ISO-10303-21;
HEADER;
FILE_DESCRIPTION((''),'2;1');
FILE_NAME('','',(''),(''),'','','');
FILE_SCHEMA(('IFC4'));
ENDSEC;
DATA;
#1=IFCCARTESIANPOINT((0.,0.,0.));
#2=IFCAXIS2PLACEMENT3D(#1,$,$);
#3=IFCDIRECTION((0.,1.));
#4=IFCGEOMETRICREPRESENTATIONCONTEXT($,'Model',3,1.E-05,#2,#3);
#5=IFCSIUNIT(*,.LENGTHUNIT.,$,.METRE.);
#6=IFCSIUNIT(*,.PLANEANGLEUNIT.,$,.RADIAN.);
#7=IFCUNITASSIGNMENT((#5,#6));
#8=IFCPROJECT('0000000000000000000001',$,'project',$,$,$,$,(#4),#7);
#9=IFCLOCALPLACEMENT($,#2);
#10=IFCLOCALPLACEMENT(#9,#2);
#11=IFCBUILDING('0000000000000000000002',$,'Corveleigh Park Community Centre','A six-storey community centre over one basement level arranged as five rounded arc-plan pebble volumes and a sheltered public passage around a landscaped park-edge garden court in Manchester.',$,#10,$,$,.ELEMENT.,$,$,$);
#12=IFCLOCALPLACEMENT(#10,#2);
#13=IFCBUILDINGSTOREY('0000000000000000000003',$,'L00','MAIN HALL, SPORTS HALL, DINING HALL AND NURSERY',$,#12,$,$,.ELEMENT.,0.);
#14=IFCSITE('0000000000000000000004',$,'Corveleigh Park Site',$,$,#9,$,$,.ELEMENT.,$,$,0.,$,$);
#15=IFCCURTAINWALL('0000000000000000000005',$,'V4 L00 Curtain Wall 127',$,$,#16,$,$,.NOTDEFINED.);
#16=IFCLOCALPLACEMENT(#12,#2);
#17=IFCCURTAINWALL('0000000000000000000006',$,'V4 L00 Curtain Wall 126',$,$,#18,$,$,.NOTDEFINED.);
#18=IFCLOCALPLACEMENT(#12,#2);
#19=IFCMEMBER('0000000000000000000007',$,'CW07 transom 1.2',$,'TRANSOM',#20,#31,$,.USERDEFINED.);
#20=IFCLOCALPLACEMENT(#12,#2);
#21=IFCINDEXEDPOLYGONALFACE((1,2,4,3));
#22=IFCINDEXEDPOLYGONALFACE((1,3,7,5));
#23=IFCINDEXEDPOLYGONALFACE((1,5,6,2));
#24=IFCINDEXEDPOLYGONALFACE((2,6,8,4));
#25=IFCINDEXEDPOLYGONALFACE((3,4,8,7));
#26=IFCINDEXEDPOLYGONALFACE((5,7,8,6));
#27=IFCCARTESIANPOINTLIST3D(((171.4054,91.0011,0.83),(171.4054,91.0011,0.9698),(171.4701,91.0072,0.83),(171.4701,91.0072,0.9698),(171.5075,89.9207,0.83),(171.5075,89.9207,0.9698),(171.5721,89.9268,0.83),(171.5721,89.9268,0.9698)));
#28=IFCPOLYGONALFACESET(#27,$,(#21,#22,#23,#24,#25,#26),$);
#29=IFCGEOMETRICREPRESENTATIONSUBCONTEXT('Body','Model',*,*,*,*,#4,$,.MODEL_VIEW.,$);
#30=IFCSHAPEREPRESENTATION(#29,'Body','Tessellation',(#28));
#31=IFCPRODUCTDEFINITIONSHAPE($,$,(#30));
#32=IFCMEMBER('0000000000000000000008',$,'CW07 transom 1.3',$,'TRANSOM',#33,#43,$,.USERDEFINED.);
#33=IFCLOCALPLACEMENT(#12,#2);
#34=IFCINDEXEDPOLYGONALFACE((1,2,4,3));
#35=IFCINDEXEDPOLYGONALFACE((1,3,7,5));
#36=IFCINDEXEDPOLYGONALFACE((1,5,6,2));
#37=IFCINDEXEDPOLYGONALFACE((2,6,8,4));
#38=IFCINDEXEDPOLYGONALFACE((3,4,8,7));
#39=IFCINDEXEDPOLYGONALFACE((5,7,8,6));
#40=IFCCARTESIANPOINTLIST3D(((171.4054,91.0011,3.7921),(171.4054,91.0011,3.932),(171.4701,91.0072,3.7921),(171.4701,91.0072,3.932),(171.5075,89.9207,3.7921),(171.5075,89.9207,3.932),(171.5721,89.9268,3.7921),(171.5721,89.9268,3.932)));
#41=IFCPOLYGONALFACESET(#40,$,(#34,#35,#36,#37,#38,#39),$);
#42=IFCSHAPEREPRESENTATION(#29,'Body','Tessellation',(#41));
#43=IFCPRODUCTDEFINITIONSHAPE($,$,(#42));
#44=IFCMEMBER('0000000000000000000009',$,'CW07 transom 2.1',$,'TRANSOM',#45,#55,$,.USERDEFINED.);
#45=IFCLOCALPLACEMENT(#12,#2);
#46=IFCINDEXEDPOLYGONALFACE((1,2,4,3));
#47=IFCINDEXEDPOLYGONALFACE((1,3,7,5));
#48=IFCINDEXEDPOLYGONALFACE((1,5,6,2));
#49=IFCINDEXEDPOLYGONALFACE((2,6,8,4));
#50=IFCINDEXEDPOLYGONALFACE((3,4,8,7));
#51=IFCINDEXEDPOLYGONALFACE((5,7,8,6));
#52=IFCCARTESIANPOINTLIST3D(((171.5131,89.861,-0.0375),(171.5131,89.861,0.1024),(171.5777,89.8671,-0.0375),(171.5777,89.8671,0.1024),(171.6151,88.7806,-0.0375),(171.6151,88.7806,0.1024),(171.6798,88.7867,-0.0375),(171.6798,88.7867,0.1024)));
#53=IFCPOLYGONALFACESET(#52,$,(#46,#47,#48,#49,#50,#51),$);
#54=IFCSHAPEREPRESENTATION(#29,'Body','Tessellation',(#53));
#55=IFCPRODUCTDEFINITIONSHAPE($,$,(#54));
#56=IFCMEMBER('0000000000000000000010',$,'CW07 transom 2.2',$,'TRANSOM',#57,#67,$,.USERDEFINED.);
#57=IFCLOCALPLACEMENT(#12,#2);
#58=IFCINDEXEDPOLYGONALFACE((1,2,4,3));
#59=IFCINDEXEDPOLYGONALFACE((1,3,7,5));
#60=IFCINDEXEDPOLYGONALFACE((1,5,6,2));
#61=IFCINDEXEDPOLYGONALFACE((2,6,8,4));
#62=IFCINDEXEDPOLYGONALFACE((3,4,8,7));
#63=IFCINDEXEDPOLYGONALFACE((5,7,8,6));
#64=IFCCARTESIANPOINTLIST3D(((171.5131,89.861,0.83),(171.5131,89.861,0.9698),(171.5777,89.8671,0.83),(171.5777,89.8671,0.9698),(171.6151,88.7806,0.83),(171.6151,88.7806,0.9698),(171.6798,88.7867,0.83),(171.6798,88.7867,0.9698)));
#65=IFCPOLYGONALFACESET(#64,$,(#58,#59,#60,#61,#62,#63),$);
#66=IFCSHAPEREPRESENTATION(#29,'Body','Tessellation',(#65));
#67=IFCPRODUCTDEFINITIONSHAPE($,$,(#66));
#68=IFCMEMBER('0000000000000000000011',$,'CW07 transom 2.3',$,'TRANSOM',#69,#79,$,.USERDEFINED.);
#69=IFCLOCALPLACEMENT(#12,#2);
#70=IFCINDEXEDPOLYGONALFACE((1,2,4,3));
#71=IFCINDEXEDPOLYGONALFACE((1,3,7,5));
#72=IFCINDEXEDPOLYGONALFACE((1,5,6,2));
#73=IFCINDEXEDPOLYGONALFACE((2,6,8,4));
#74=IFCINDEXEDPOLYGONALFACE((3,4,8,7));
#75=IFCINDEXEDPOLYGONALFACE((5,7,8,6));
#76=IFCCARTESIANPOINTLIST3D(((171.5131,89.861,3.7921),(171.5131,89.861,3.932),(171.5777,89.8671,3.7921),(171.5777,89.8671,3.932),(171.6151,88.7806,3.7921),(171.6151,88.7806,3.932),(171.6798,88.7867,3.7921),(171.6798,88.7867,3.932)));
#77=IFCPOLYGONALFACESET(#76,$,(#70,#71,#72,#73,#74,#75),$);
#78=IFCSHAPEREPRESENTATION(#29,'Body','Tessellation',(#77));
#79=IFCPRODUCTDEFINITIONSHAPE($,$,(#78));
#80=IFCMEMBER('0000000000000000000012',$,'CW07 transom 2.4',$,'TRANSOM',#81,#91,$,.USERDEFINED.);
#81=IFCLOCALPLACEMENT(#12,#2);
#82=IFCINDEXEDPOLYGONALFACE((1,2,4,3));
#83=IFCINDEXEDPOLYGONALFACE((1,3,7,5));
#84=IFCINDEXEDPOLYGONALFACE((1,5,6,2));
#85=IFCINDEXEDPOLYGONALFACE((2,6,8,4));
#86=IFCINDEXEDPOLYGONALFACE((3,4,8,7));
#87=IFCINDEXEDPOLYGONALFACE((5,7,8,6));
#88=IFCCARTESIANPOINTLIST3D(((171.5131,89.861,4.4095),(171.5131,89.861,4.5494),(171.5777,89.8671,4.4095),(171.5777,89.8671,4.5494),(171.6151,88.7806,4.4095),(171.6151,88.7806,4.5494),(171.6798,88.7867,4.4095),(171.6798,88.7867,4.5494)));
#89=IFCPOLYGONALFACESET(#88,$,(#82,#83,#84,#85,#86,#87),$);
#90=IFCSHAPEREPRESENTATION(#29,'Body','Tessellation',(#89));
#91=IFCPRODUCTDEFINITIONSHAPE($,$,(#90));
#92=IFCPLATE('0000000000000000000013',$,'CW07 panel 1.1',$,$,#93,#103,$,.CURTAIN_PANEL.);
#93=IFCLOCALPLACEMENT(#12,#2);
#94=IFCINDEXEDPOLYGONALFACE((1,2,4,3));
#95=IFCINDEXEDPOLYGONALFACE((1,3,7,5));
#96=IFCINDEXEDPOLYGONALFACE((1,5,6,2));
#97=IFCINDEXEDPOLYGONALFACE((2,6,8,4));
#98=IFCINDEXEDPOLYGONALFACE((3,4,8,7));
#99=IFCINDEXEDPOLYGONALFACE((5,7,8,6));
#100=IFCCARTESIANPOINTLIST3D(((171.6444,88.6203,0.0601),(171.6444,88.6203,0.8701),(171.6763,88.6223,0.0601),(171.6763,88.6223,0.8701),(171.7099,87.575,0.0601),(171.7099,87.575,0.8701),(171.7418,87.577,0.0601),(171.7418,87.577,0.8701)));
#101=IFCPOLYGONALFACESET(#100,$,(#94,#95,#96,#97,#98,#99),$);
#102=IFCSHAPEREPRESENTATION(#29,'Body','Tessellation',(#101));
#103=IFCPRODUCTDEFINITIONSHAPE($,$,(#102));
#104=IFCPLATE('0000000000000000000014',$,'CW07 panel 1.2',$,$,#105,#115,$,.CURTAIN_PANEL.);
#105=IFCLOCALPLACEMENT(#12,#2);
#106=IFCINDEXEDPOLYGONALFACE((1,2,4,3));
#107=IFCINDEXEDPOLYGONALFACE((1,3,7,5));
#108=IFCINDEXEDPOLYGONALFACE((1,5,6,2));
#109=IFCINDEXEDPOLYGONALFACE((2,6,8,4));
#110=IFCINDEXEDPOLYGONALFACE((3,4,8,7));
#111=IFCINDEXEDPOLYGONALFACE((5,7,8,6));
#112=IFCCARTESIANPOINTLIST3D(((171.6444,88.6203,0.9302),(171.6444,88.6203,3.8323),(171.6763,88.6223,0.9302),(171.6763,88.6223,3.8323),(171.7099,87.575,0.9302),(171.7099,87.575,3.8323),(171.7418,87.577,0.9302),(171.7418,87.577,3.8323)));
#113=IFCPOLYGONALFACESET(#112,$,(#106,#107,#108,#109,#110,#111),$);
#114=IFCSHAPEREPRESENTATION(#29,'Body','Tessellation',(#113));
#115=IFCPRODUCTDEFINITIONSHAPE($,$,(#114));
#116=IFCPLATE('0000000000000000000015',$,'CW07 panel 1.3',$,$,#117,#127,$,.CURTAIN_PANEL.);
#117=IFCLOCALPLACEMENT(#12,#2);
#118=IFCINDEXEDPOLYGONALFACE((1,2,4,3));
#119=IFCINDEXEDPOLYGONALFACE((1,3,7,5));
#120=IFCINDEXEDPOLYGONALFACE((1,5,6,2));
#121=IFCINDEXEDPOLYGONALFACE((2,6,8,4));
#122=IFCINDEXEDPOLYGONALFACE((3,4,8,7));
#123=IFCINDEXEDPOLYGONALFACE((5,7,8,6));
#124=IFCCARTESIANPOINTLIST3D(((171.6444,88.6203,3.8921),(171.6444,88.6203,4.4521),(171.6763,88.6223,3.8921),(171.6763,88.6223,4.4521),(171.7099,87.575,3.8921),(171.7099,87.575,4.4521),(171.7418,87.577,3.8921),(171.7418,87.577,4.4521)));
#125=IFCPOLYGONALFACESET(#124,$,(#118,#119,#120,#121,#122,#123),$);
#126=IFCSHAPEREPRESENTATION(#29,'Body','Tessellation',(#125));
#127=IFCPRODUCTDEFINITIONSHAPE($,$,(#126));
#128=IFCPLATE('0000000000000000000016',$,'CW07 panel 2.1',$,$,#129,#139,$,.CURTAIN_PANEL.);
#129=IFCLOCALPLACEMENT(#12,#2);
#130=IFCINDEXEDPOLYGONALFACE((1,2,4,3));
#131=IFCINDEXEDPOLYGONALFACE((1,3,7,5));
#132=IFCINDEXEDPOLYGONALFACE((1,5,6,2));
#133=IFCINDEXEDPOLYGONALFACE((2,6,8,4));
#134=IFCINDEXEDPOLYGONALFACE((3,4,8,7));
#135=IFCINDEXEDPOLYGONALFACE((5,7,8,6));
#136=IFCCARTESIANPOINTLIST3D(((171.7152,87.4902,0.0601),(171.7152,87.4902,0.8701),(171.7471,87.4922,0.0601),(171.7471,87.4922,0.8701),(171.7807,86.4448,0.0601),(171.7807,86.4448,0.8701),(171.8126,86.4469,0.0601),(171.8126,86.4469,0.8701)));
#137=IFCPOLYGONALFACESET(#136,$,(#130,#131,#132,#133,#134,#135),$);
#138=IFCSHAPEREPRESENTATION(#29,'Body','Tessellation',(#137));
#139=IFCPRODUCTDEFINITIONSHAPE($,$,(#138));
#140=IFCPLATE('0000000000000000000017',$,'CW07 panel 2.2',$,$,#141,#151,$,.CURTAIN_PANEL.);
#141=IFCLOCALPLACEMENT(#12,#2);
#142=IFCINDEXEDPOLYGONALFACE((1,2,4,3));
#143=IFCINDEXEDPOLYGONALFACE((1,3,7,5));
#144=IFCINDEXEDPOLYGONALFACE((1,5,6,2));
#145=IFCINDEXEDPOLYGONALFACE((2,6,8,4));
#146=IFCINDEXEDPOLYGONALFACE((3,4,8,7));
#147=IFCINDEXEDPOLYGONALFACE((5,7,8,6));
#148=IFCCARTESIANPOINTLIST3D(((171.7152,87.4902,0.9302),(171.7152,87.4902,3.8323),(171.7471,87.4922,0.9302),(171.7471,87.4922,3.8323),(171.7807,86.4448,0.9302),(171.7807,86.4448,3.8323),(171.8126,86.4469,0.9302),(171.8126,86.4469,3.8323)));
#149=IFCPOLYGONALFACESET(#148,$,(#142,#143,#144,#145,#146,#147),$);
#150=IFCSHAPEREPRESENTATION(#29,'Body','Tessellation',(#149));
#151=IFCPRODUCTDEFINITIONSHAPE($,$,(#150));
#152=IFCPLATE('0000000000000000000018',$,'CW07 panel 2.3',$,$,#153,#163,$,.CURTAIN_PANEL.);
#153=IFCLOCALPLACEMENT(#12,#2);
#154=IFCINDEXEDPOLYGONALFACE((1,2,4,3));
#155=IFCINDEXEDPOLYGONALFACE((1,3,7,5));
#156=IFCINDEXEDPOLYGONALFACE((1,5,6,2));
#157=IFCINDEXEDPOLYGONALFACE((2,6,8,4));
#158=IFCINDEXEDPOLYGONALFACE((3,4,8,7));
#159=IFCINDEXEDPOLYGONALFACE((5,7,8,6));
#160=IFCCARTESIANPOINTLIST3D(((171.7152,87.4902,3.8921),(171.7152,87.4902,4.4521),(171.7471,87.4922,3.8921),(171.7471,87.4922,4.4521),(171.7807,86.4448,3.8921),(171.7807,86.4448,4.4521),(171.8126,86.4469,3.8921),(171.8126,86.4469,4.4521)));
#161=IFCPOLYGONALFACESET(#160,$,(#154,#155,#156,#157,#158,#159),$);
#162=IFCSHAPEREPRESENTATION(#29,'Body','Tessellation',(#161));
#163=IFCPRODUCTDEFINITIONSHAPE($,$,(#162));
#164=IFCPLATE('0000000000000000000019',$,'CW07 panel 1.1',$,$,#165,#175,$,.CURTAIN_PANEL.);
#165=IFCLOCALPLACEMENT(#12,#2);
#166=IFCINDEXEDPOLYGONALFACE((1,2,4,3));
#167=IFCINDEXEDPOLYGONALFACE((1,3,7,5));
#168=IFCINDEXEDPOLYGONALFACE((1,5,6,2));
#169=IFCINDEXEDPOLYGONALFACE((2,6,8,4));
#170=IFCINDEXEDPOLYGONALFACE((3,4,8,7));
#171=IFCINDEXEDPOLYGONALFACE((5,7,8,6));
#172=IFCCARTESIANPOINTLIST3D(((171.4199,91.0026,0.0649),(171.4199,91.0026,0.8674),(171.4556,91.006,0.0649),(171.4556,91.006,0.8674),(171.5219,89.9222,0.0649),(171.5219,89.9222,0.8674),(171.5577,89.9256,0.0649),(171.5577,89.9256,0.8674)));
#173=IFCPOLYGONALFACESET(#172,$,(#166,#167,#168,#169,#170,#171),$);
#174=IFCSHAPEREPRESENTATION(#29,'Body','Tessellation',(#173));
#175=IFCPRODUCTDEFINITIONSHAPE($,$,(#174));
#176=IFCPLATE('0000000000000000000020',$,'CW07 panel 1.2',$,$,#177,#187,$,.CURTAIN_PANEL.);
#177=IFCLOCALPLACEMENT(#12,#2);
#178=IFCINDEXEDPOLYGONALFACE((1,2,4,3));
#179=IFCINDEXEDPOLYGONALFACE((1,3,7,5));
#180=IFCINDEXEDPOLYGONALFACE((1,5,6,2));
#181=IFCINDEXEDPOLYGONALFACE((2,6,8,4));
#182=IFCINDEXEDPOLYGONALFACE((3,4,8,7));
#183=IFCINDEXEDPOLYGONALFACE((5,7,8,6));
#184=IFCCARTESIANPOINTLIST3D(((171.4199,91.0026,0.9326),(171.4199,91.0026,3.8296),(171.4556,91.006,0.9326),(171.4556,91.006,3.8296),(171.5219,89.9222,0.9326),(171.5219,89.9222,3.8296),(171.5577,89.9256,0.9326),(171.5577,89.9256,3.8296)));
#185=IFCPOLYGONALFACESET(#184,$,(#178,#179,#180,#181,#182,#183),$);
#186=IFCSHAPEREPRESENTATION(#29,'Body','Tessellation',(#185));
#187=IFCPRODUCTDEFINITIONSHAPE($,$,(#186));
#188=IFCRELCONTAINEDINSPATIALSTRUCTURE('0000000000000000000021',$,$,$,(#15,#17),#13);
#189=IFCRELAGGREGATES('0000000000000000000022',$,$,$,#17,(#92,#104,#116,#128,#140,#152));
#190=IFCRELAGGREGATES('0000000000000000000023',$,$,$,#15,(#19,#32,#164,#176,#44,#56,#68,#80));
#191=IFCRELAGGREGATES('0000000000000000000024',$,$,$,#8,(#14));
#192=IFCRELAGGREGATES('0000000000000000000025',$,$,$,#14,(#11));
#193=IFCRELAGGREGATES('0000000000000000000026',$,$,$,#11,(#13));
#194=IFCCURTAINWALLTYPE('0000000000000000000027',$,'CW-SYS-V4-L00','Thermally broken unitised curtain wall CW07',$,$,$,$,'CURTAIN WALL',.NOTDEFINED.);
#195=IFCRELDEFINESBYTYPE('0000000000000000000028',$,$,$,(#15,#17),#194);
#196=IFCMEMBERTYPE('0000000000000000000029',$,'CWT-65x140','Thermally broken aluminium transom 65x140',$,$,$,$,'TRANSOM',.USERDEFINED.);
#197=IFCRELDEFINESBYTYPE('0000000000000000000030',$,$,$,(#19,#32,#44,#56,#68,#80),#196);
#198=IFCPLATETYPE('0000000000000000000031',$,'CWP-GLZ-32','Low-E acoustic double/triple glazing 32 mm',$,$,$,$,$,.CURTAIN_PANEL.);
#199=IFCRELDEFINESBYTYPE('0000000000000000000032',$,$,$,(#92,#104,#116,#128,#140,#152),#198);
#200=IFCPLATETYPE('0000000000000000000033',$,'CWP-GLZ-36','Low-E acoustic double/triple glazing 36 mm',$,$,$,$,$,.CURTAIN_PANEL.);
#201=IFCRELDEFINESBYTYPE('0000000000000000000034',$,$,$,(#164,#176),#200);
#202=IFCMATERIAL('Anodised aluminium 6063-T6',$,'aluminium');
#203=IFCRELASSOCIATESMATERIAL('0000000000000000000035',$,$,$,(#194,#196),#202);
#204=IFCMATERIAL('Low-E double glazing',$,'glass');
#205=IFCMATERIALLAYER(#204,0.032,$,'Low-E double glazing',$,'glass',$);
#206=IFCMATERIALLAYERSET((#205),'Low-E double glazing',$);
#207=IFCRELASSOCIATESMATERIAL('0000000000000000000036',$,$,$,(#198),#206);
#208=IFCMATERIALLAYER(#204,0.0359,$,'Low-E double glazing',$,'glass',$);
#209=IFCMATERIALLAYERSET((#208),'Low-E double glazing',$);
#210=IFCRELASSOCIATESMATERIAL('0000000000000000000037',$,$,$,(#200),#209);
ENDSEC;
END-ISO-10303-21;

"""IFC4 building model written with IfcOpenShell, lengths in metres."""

from ifc_helpers import new_model, si_unit, direction, frame, origin, origin_2d, place, context, subcontext, project, spatial, rectangle, extrude, material, layer, layer_set, material_profile, profile_set, type_object, element, aggregate, save


model = new_model("IFC4")

# Units and contexts
model_context = context("Model", 3, precision=1e-05, world=origin(), true_north=direction((0.0, 1.0)))
body_context = subcontext(model_context, "Body", "Model", "MODEL_VIEW")
ifc_project = project(units=[si_unit("LENGTHUNIT", "METRE"), si_unit("PLANEANGLEUNIT", "RADIAN")], contexts=[model_context])

# Site, building, storey
site_placement = place(None, origin())
site = spatial("IfcSite", under=ifc_project, at=site_placement, Name="Corveleigh Park Site", CompositionType="ELEMENT", RefElevation=0.0)
building_placement = place(site_placement, origin())
building = spatial("IfcBuilding", under=site, at=building_placement, Name="Corveleigh Park Community Centre", Description="A six-storey community centre over one basement level arranged as five rounded arc-plan pebble volumes and a sheltered public passage around a landscaped park-edge garden court in Manchester.", CompositionType="ELEMENT")
storey_placement = place(building_placement, origin())
storey = spatial("IfcBuildingStorey", under=building, at=storey_placement, Name="L00", Description="MAIN HALL, SPORTS HALL, DINING HALL AND NURSERY", CompositionType="ELEMENT", Elevation=0.0)

# Curtain walls
ifc_material_1 = material(Name="Anodised aluminium 6063-T6", Category="aluminium")
curtain_wall_type = type_object("IfcCurtainWallType", Name="CW-SYS-V4-L00", Description="Thermally broken unitised curtain wall CW07", ElementType="CURTAIN WALL", PredefinedType="NOTDEFINED", material=ifc_material_1)
curtain_wall_1_placement = place(storey_placement, origin())
curtain_wall_1 = element("IfcCurtainWall", 1, at=curtain_wall_1_placement, inside=storey, type_object=curtain_wall_type, Name="V4 L00 Curtain Wall 127", PredefinedType="NOTDEFINED")
curtain_wall_2_placement = place(storey_placement, origin())
curtain_wall_2 = element("IfcCurtainWall", 2, at=curtain_wall_2_placement, inside=storey, type_object=curtain_wall_type, Name="V4 L00 Curtain Wall 126", PredefinedType="NOTDEFINED")

# Members
ifc_material_profile_1 = material_profile(ifc_material_1, rectangle(XDim=0.0649, YDim=0.1399, at=origin_2d()), Name="ALU-T65x140", Category="aluminium")
ifc_profile_set_1 = profile_set([ifc_material_profile_1], Name="Anodised aluminium 6063-T6")
member_type_1 = type_object("IfcMemberType", Name="CWT-65x140", Description="Thermally broken aluminium transom 65x140", ElementType="TRANSOM", PredefinedType="USERDEFINED", material=ifc_profile_set_1)
member_1_placement = place(storey_placement, frame((171.4377, 91.0042, 0.8999), z_axis=(0.094045, -0.995568, 0.0), x_axis=(0.995568, 0.094045, 0.0)))
member_1 = element("IfcMember", 3, at=member_1_placement, type_object=member_type_1, Name="CW07 transom 1.2", ObjectType="TRANSOM", PredefinedType="USERDEFINED", context=body_context, shape_type="SweptSolid", body=[
    extrude(rectangle(XDim=0.0649, YDim=0.1399, at=origin_2d()), origin(), (0.0, 0.0, 1.0), 1.0852),
])
member_2_placement = place(storey_placement, frame((171.4377, 91.0042, 3.8621), z_axis=(0.094045, -0.995568, 0.0), x_axis=(0.995568, 0.094045, 0.0)))
member_2 = element("IfcMember", 4, at=member_2_placement, type_object=member_type_1, Name="CW07 transom 1.3", ObjectType="TRANSOM", PredefinedType="USERDEFINED", context=body_context, shape_type="SweptSolid", body=[
    extrude(rectangle(XDim=0.0649, YDim=0.1399, at=origin_2d()), origin(), (0.0, 0.0, 1.0), 1.0852),
])
member_3_placement = place(storey_placement, frame((171.5454, 89.864, 0.0325), z_axis=(0.094045, -0.995568, 0.0), x_axis=(0.995568, 0.094045, 0.0)))
member_3 = element("IfcMember", 5, at=member_3_placement, type_object=member_type_1, Name="CW07 transom 2.1", ObjectType="TRANSOM", PredefinedType="USERDEFINED", context=body_context, shape_type="SweptSolid", body=[
    extrude(rectangle(XDim=0.0649, YDim=0.1399, at=origin_2d()), origin(), (0.0, 0.0, 1.0), 1.0852),
])
member_4_placement = place(storey_placement, frame((171.5454, 89.864, 0.8999), z_axis=(0.094045, -0.995568, 0.0), x_axis=(0.995568, 0.094045, 0.0)))
member_4 = element("IfcMember", 6, at=member_4_placement, type_object=member_type_1, Name="CW07 transom 2.2", ObjectType="TRANSOM", PredefinedType="USERDEFINED", context=body_context, shape_type="SweptSolid", body=[
    extrude(rectangle(XDim=0.0649, YDim=0.1399, at=origin_2d()), origin(), (0.0, 0.0, 1.0), 1.0852),
])
member_5_placement = place(storey_placement, frame((171.5454, 89.864, 3.8621), z_axis=(0.094045, -0.995568, 0.0), x_axis=(0.995568, 0.094045, 0.0)))
member_5 = element("IfcMember", 7, at=member_5_placement, type_object=member_type_1, Name="CW07 transom 2.3", ObjectType="TRANSOM", PredefinedType="USERDEFINED", context=body_context, shape_type="SweptSolid", body=[
    extrude(rectangle(XDim=0.0649, YDim=0.1399, at=origin_2d()), origin(), (0.0, 0.0, 1.0), 1.0852),
])
member_6_placement = place(storey_placement, frame((171.5454, 89.864, 4.4795), z_axis=(0.094045, -0.995568, 0.0), x_axis=(0.995568, 0.094045, 0.0)))
member_6 = element("IfcMember", 8, at=member_6_placement, type_object=member_type_1, Name="CW07 transom 2.4", ObjectType="TRANSOM", PredefinedType="USERDEFINED", context=body_context, shape_type="SweptSolid", body=[
    extrude(rectangle(XDim=0.0649, YDim=0.1399, at=origin_2d()), origin(), (0.0, 0.0, 1.0), 1.0852),
])

# Plates
ifc_material_2 = material(Name="Low-E double glazing", Category="glass")
ifc_layer_1 = layer(ifc_material_2, 0.032, Name="Low-E double glazing", Category="glass")
ifc_layer_set_1 = layer_set([ifc_layer_1], Name="Low-E double glazing")
plate_type_1 = type_object("IfcPlateType", Name="CWP-GLZ-32", Description="Low-E acoustic double/triple glazing 32 mm", PredefinedType="CURTAIN_PANEL", material=ifc_layer_set_1)
plate_1_placement = place(storey_placement, frame((171.6931, 88.0986, 0.0601), z_axis=(0.0, 0.0, 1.0), x_axis=(0.062564, -0.998041, 0.0)))
plate_1 = element("IfcPlate", 9, at=plate_1_placement, type_object=plate_type_1, Name="CW07 panel 1.1", PredefinedType="CURTAIN_PANEL", context=body_context, shape_type="SweptSolid", body=[
    extrude(rectangle(XDim=1.0474, YDim=0.032, at=origin_2d()), origin(), (0.0, 0.0, 1.0), 0.8101),
])
plate_2_placement = place(storey_placement, frame((171.6931, 88.0986, 0.9302), z_axis=(0.0, 0.0, 1.0), x_axis=(0.062564, -0.998041, 0.0)))
plate_2 = element("IfcPlate", 10, at=plate_2_placement, type_object=plate_type_1, Name="CW07 panel 1.2", PredefinedType="CURTAIN_PANEL", context=body_context, shape_type="SweptSolid", body=[
    extrude(rectangle(XDim=1.0474, YDim=0.032, at=origin_2d()), origin(), (0.0, 0.0, 1.0), 2.9021),
])
plate_3_placement = place(storey_placement, frame((171.6931, 88.0986, 3.8921), z_axis=(0.0, 0.0, 1.0), x_axis=(0.062564, -0.998041, 0.0)))
plate_3 = element("IfcPlate", 11, at=plate_3_placement, type_object=plate_type_1, Name="CW07 panel 1.3", PredefinedType="CURTAIN_PANEL", context=body_context, shape_type="SweptSolid", body=[
    extrude(rectangle(XDim=1.0474, YDim=0.032, at=origin_2d()), origin(), (0.0, 0.0, 1.0), 0.5601),
])
plate_4_placement = place(storey_placement, frame((171.7639, 86.9685, 0.0601), z_axis=(0.0, 0.0, 1.0), x_axis=(0.062564, -0.998041, 0.0)))
plate_4 = element("IfcPlate", 12, at=plate_4_placement, type_object=plate_type_1, Name="CW07 panel 2.1", PredefinedType="CURTAIN_PANEL", context=body_context, shape_type="SweptSolid", body=[
    extrude(rectangle(XDim=1.0474, YDim=0.032, at=origin_2d()), origin(), (0.0, 0.0, 1.0), 0.8101),
])
plate_5_placement = place(storey_placement, frame((171.7639, 86.9685, 0.9302), z_axis=(0.0, 0.0, 1.0), x_axis=(0.062564, -0.998041, 0.0)))
plate_5 = element("IfcPlate", 13, at=plate_5_placement, type_object=plate_type_1, Name="CW07 panel 2.2", PredefinedType="CURTAIN_PANEL", context=body_context, shape_type="SweptSolid", body=[
    extrude(rectangle(XDim=1.0474, YDim=0.032, at=origin_2d()), origin(), (0.0, 0.0, 1.0), 2.9021),
])
plate_6_placement = place(storey_placement, frame((171.7639, 86.9685, 3.8921), z_axis=(0.0, 0.0, 1.0), x_axis=(0.062564, -0.998041, 0.0)))
plate_6 = element("IfcPlate", 14, at=plate_6_placement, type_object=plate_type_1, Name="CW07 panel 2.3", PredefinedType="CURTAIN_PANEL", context=body_context, shape_type="SweptSolid", body=[
    extrude(rectangle(XDim=1.0474, YDim=0.032, at=origin_2d()), origin(), (0.0, 0.0, 1.0), 0.5601),
])
aggregate(curtain_wall_2, [plate_1, plate_2, plate_3, plate_4, plate_5, plate_6])
ifc_layer_2 = layer(ifc_material_2, 0.0359, Name="Low-E double glazing", Category="glass")
ifc_layer_set_2 = layer_set([ifc_layer_2], Name="Low-E double glazing")
plate_type_2 = type_object("IfcPlateType", Name="CWP-GLZ-36", Description="Low-E acoustic double/triple glazing 36 mm", PredefinedType="CURTAIN_PANEL", material=ifc_layer_set_2)
plate_7_placement = place(storey_placement, frame((171.4888, 90.4641, 0.0649), z_axis=(0.0, 0.0, 1.0), x_axis=(0.094026, -0.99557, 0.0)))
plate_7 = element("IfcPlate", 15, at=plate_7_placement, type_object=plate_type_2, Name="CW07 panel 1.1", PredefinedType="CURTAIN_PANEL", context=body_context, shape_type="SweptSolid", body=[
    extrude(rectangle(XDim=1.0852, YDim=0.0359, at=origin_2d()), origin(), (0.0, 0.0, 1.0), 0.8025),
])
plate_8_placement = place(storey_placement, frame((171.4888, 90.4641, 0.9326), z_axis=(0.0, 0.0, 1.0), x_axis=(0.094026, -0.99557, 0.0)))
plate_8 = element("IfcPlate", 16, at=plate_8_placement, type_object=plate_type_2, Name="CW07 panel 1.2", PredefinedType="CURTAIN_PANEL", context=body_context, shape_type="SweptSolid", body=[
    extrude(rectangle(XDim=1.0852, YDim=0.0359, at=origin_2d()), origin(), (0.0, 0.0, 1.0), 2.897),
])
aggregate(curtain_wall_1, [member_1, member_2, plate_7, plate_8, member_3, member_4, member_5, member_6])

save(model, "model.ifc")
